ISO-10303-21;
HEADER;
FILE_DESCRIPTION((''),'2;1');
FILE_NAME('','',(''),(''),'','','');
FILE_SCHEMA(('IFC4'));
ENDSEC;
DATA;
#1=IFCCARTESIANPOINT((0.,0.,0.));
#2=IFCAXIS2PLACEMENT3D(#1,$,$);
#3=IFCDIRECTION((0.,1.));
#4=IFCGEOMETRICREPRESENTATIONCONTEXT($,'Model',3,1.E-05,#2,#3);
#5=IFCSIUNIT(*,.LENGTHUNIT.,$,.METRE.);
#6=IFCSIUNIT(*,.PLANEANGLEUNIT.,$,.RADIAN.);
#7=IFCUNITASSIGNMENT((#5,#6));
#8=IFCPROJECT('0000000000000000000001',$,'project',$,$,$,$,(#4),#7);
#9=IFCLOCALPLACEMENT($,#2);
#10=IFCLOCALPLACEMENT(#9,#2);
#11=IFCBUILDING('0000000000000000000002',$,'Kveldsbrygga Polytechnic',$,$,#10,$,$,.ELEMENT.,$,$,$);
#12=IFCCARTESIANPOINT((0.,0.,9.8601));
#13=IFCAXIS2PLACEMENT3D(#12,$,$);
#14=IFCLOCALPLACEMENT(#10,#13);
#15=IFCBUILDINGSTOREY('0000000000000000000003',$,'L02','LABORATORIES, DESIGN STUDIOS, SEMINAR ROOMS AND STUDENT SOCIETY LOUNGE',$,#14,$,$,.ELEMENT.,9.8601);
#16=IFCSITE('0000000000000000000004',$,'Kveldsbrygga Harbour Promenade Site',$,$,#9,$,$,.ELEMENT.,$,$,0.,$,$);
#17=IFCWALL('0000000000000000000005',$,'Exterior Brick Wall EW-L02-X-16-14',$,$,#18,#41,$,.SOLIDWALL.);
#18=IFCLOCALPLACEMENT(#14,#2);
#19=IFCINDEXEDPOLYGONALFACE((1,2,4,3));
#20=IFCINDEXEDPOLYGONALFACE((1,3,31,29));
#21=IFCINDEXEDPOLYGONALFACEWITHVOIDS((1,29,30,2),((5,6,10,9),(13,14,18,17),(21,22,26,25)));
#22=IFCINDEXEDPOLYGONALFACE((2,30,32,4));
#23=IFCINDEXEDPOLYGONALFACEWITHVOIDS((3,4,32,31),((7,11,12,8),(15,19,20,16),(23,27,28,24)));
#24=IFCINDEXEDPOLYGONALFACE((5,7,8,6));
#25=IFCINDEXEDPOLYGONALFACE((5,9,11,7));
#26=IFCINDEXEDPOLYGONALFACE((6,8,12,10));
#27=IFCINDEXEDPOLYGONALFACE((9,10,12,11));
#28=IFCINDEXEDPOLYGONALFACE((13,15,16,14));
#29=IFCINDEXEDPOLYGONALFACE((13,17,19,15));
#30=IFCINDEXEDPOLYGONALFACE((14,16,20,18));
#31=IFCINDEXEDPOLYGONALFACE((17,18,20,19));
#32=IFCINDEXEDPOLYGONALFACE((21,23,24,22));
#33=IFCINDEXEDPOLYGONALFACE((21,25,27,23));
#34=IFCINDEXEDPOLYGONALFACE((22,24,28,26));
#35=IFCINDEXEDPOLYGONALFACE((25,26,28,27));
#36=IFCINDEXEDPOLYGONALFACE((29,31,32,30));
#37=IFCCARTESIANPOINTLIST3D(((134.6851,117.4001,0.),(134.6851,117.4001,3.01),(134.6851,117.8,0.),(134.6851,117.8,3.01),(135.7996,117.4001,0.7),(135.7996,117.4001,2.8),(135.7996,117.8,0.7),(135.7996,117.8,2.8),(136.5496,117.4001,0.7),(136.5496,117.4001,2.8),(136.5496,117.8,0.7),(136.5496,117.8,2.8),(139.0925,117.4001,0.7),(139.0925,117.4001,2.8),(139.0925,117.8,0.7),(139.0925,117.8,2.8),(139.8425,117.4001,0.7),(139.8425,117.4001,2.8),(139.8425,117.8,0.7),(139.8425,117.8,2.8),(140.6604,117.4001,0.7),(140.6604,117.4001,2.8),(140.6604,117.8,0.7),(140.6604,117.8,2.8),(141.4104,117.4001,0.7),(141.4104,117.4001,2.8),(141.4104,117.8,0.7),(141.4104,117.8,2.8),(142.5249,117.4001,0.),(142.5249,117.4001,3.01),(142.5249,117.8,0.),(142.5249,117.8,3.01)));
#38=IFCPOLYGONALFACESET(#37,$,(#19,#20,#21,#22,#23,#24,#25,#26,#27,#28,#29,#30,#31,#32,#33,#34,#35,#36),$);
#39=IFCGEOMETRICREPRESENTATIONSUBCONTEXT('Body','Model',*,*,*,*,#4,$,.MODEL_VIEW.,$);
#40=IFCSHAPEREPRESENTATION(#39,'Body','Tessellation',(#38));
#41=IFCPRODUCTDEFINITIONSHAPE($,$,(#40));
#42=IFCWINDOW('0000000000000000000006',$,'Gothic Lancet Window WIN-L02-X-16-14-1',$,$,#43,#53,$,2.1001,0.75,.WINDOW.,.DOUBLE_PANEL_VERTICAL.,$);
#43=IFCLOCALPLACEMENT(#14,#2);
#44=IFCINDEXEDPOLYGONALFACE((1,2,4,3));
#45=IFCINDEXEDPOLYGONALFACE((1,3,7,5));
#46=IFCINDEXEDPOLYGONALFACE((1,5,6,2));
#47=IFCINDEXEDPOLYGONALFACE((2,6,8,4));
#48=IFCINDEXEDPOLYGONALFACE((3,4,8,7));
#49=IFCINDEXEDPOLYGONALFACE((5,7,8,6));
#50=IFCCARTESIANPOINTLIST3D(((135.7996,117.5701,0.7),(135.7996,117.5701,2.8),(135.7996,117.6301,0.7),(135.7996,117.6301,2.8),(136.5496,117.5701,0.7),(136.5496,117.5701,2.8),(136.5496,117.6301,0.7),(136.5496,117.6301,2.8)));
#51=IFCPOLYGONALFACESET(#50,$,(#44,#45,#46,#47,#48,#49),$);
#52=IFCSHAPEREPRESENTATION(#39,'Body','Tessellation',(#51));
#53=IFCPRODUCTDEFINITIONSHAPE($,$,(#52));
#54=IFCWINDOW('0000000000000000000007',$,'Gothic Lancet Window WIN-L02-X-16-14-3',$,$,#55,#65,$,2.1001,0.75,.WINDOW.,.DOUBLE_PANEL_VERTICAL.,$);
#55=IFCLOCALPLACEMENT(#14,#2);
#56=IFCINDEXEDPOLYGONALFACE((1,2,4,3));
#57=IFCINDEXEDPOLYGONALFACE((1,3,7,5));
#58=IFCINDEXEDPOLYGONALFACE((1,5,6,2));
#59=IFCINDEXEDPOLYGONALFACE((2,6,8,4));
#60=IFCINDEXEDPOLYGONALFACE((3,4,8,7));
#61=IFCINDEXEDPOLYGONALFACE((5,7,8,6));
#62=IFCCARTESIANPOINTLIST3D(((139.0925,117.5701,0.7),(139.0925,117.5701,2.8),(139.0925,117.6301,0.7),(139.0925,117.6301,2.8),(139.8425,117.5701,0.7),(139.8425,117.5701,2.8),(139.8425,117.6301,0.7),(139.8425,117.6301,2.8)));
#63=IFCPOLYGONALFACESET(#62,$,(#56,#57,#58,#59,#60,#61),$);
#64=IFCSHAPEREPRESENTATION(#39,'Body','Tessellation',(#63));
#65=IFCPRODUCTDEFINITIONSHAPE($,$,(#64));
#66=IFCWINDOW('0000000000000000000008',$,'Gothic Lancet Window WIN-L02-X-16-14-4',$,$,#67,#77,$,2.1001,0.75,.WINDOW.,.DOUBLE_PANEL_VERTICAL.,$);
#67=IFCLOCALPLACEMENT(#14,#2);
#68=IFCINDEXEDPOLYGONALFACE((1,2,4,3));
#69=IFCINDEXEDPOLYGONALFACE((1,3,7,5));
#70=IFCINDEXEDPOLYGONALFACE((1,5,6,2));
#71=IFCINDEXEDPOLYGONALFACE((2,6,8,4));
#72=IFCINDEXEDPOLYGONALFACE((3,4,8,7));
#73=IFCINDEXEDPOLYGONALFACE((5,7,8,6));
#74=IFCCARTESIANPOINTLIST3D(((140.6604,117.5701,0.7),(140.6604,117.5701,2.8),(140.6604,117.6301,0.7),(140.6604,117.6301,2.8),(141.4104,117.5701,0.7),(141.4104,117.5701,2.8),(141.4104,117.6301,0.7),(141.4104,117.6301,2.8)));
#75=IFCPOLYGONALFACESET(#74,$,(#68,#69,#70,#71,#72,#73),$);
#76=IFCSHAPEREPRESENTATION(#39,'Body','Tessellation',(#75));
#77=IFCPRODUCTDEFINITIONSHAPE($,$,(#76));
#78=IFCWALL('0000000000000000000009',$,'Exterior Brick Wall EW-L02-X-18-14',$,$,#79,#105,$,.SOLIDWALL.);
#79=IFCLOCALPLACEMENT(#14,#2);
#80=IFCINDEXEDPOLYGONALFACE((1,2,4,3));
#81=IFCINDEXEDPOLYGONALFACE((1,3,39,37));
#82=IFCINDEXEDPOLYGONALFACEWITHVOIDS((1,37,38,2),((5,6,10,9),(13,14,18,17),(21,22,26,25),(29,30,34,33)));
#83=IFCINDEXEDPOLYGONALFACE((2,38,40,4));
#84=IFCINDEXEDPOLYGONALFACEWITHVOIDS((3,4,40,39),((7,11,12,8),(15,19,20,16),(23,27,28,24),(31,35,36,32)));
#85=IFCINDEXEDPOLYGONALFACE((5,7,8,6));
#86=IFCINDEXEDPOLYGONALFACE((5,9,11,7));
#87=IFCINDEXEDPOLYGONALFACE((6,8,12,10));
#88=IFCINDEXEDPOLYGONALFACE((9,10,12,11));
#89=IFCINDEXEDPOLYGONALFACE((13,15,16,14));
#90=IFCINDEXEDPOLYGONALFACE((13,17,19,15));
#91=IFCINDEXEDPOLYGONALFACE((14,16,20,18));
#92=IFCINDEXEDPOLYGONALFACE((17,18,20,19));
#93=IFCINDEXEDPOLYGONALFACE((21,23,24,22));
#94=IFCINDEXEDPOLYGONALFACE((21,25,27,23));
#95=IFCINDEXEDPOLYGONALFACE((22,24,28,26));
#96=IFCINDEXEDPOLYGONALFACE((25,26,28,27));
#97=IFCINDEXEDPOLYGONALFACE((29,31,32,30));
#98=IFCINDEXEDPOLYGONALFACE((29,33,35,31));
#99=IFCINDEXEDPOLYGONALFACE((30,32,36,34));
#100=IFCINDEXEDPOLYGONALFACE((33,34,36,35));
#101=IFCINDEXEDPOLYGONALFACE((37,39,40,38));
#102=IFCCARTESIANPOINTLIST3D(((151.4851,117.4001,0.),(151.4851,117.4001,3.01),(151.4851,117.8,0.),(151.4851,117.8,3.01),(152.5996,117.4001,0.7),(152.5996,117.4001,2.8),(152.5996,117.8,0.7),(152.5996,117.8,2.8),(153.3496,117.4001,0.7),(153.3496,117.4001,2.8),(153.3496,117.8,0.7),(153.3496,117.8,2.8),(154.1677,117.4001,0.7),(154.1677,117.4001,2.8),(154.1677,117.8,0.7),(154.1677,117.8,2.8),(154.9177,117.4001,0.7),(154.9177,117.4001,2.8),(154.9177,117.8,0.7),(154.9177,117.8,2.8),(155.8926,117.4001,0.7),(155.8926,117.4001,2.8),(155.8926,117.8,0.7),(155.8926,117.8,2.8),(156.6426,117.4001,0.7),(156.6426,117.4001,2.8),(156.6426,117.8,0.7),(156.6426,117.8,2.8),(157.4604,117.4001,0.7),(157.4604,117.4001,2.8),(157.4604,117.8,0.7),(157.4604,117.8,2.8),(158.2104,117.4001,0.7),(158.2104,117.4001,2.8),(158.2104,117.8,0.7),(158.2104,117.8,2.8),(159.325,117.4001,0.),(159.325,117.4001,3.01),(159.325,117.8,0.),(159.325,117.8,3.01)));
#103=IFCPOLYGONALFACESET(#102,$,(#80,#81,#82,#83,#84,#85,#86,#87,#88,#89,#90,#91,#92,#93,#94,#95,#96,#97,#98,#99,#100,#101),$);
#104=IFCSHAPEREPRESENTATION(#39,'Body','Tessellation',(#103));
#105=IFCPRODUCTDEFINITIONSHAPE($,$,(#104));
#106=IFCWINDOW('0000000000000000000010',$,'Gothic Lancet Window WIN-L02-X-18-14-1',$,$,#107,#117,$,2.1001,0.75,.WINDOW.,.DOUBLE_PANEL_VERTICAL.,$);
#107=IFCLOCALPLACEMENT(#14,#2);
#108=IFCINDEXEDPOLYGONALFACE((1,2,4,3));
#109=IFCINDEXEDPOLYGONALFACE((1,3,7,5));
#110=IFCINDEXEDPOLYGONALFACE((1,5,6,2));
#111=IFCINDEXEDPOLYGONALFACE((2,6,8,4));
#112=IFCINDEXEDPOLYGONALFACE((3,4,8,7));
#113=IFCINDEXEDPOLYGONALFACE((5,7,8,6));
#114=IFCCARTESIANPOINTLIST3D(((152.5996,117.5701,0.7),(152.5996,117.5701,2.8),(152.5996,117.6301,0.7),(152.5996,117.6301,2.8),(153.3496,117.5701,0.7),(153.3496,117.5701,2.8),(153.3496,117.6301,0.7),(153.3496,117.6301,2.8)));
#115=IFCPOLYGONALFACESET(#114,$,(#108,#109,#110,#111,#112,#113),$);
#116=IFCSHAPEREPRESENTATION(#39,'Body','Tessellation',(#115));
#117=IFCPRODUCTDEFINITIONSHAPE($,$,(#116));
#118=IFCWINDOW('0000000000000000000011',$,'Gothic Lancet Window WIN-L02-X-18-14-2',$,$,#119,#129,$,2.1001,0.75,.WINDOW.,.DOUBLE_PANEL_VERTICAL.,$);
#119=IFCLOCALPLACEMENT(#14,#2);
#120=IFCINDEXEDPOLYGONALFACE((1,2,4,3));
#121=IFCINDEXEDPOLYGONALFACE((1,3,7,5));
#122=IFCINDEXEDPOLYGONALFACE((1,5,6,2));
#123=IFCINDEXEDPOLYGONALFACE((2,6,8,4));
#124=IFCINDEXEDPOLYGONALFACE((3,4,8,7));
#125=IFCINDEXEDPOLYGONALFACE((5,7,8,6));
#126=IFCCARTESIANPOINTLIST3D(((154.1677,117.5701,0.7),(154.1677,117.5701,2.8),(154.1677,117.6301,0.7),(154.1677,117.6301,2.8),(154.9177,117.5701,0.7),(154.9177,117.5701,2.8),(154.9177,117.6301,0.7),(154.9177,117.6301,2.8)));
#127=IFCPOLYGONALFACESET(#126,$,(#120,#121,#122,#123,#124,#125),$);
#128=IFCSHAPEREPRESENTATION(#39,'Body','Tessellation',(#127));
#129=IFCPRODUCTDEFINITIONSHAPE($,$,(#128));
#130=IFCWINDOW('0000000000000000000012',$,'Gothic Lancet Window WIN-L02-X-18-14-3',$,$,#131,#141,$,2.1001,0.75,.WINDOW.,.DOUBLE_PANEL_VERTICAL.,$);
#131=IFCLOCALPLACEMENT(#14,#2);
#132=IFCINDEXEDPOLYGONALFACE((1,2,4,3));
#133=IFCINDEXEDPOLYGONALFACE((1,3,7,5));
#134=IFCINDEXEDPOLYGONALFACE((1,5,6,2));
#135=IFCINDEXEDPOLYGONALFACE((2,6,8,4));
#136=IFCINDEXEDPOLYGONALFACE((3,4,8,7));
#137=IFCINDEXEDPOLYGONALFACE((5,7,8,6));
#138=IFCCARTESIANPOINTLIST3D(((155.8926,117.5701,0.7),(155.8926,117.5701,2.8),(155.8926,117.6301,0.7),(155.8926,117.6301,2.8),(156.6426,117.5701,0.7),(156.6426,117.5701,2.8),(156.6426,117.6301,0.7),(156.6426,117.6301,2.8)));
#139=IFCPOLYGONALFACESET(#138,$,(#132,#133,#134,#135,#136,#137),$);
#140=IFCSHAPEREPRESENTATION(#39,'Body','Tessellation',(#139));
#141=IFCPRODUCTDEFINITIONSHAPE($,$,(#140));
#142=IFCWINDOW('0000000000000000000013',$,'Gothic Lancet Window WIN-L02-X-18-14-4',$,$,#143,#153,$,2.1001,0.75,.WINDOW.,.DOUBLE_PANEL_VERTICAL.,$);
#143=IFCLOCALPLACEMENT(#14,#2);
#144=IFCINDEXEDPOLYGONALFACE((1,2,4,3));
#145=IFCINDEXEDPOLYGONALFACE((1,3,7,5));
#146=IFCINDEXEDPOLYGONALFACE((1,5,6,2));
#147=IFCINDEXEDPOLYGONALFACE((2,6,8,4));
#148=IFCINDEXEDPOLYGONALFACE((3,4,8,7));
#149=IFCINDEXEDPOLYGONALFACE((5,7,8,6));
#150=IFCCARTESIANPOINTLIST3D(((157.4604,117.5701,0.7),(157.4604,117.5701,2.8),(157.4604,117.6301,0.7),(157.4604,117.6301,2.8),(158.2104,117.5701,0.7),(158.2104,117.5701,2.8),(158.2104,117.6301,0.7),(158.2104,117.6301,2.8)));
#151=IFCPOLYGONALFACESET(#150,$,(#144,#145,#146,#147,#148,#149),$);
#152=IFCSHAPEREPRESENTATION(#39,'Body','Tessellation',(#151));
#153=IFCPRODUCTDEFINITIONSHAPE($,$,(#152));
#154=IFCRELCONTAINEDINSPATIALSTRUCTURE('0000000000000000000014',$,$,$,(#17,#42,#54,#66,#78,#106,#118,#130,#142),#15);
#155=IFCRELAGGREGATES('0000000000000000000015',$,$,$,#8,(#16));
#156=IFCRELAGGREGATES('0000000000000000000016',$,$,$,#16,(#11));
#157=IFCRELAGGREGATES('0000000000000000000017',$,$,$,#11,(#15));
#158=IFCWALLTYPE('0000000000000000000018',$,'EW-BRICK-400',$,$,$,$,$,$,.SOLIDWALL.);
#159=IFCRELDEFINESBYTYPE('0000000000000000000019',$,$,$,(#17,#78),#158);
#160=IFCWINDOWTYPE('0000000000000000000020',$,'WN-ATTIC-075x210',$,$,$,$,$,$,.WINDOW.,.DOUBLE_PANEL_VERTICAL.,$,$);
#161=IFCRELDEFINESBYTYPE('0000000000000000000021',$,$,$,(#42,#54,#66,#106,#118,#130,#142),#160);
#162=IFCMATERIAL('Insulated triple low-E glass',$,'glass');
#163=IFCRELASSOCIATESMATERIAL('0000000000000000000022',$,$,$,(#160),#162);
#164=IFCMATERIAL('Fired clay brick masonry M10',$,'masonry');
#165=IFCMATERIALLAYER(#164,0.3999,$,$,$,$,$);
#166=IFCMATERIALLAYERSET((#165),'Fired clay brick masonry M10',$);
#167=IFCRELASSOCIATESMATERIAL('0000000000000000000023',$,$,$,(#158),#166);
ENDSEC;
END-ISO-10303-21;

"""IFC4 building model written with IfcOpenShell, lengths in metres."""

from ifc_helpers import new_model, si_unit, direction, frame, frame_2d, origin, place, context, subcontext, project, spatial, rectangle, extrude, material, layer, layer_set, type_object, element, fill, save


model = new_model("IFC4")

# Units and contexts
model_context = context("Model", 3, precision=1e-05, world=origin(), true_north=direction((0.0, 1.0)))
body_context = subcontext(model_context, "Body", "Model", "MODEL_VIEW")
ifc_project = project(units=[si_unit("LENGTHUNIT", "METRE"), si_unit("PLANEANGLEUNIT", "RADIAN")], contexts=[model_context])

# Site, building, storey
site_placement = place(None, origin())
site = spatial("IfcSite", under=ifc_project, at=site_placement, Name="Kveldsbrygga Harbour Promenade Site", CompositionType="ELEMENT", RefElevation=0.0)
building_placement = place(site_placement, origin())
building = spatial("IfcBuilding", under=site, at=building_placement, Name="Kveldsbrygga Polytechnic", CompositionType="ELEMENT")
storey_placement = place(building_placement, frame((0.0, 0.0, 9.8601)))
storey = spatial("IfcBuildingStorey", under=building, at=storey_placement, Name="L02", Description="LABORATORIES, DESIGN STUDIOS, SEMINAR ROOMS AND STUDENT SOCIETY LOUNGE", CompositionType="ELEMENT", Elevation=9.8601)

# Walls, openings, windows
ifc_material_1 = material(Name="Fired clay brick masonry M10", Category="masonry")
ifc_material_2 = material(Name="Insulated triple low-E glass", Category="glass")
window_type = type_object("IfcWindowType", Name="WN-ATTIC-075x210", PartitioningType="DOUBLE_PANEL_VERTICAL", PredefinedType="WINDOW", material=ifc_material_2)
ifc_layer_1 = layer(ifc_material_1, 0.3999)
ifc_layer_set_1 = layer_set([ifc_layer_1], Name="Fired clay brick masonry M10")
wall_type_1 = type_object("IfcWallType", Name="EW-BRICK-400", PredefinedType="SOLIDWALL", material=ifc_layer_set_1)
wall_1_placement = place(storey_placement, frame((134.6851, 117.6001, 0.0), z_axis=(0.0, 0.0, 1.0), x_axis=(1.0, 0.0, 0.0)))
wall_1 = element("IfcWall", 1, at=wall_1_placement, inside=storey, type_object=wall_type_1, Name="Exterior Brick Wall EW-L02-X-16-14", PredefinedType="SOLIDWALL", context=body_context, shape_type="SweptSolid", body=[
    extrude(rectangle(XDim=7.8398, YDim=0.3999, at=frame_2d((3.9199, 0.0))), origin(), (0.0, 0.0, 1.0), 3.01),
])
opening_1_placement = place(wall_1_placement, frame((1.1145, 0.0, 0.7)))
opening_1 = element("IfcOpeningElement", 2, at=opening_1_placement, cuts=wall_1, PredefinedType="OPENING", context=body_context, shape_type="SweptSolid", body=[
    extrude(rectangle(XDim=0.75, YDim=2.1001, at=frame_2d((0.375, 1.05))), frame((0.0, 0.21, 0.0), z_axis=(0.0, -1.0, 0.0), x_axis=(1.0, 0.0, 0.0)), (0.0, 0.0, 1.0), 0.4199),
])
opening_2_placement = place(wall_1_placement, frame((4.4075, 0.0, 0.7)))
opening_2 = element("IfcOpeningElement", 3, at=opening_2_placement, cuts=wall_1, PredefinedType="OPENING", context=body_context, shape_type="SweptSolid", body=[
    extrude(rectangle(XDim=0.75, YDim=2.1001, at=frame_2d((0.375, 1.05))), frame((0.0, 0.21, 0.0), z_axis=(0.0, -1.0, 0.0), x_axis=(1.0, 0.0, 0.0)), (0.0, 0.0, 1.0), 0.4199),
])
opening_3_placement = place(wall_1_placement, frame((5.9753, 0.0, 0.7)))
opening_3 = element("IfcOpeningElement", 4, at=opening_3_placement, cuts=wall_1, PredefinedType="OPENING", context=body_context, shape_type="SweptSolid", body=[
    extrude(rectangle(XDim=0.75, YDim=2.1001, at=frame_2d((0.375, 1.05))), frame((0.0, 0.21, 0.0), z_axis=(0.0, -1.0, 0.0), x_axis=(1.0, 0.0, 0.0)), (0.0, 0.0, 1.0), 0.4199),
])
window_1_placement = place(opening_1_placement, origin())
window_1 = element("IfcWindow", 5, at=window_1_placement, inside=storey, type_object=window_type, Name="Gothic Lancet Window WIN-L02-X-16-14-1", OverallHeight=2.1001, OverallWidth=0.75, PartitioningType="DOUBLE_PANEL_VERTICAL", PredefinedType="WINDOW", context=body_context, shape_type="SweptSolid", body=[
    extrude(rectangle(XDim=0.75, YDim=2.1001, at=frame_2d((0.375, 1.05))), frame((0.0, 0.03, 0.0), z_axis=(0.0, -1.0, 0.0), x_axis=(1.0, 0.0, 0.0)), (0.0, 0.0, 1.0), 0.0601),
])
fill(opening_1, window_1)
window_2_placement = place(opening_2_placement, origin())
window_2 = element("IfcWindow", 6, at=window_2_placement, inside=storey, type_object=window_type, Name="Gothic Lancet Window WIN-L02-X-16-14-3", OverallHeight=2.1001, OverallWidth=0.75, PartitioningType="DOUBLE_PANEL_VERTICAL", PredefinedType="WINDOW", context=body_context, shape_type="SweptSolid", body=[
    extrude(rectangle(XDim=0.75, YDim=2.1001, at=frame_2d((0.375, 1.05))), frame((0.0, 0.03, 0.0), z_axis=(0.0, -1.0, 0.0), x_axis=(1.0, 0.0, 0.0)), (0.0, 0.0, 1.0), 0.0601),
])
fill(opening_2, window_2)
window_3_placement = place(opening_3_placement, origin())
window_3 = element("IfcWindow", 7, at=window_3_placement, inside=storey, type_object=window_type, Name="Gothic Lancet Window WIN-L02-X-16-14-4", OverallHeight=2.1001, OverallWidth=0.75, PartitioningType="DOUBLE_PANEL_VERTICAL", PredefinedType="WINDOW", context=body_context, shape_type="SweptSolid", body=[
    extrude(rectangle(XDim=0.75, YDim=2.1001, at=frame_2d((0.375, 1.05))), frame((0.0, 0.03, 0.0), z_axis=(0.0, -1.0, 0.0), x_axis=(1.0, 0.0, 0.0)), (0.0, 0.0, 1.0), 0.0601),
])
fill(opening_3, window_3)
wall_2_placement = place(storey_placement, frame((151.4851, 117.6001, 0.0), z_axis=(0.0, 0.0, 1.0), x_axis=(1.0, 0.0, 0.0)))
wall_2 = element("IfcWall", 8, at=wall_2_placement, inside=storey, type_object=wall_type_1, Name="Exterior Brick Wall EW-L02-X-18-14", PredefinedType="SOLIDWALL", context=body_context, shape_type="SweptSolid", body=[
    extrude(rectangle(XDim=7.8398, YDim=0.3999, at=frame_2d((3.9199, 0.0))), origin(), (0.0, 0.0, 1.0), 3.01),
])
opening_4_placement = place(wall_2_placement, frame((1.1145, 0.0, 0.7)))
opening_4 = element("IfcOpeningElement", 9, at=opening_4_placement, cuts=wall_2, PredefinedType="OPENING", context=body_context, shape_type="SweptSolid", body=[
    extrude(rectangle(XDim=0.75, YDim=2.1001, at=frame_2d((0.375, 1.05))), frame((0.0, 0.21, 0.0), z_axis=(0.0, -1.0, 0.0), x_axis=(1.0, 0.0, 0.0)), (0.0, 0.0, 1.0), 0.4199),
])
opening_5_placement = place(wall_2_placement, frame((2.6826, 0.0, 0.7)))
opening_5 = element("IfcOpeningElement", 10, at=opening_5_placement, cuts=wall_2, PredefinedType="OPENING", context=body_context, shape_type="SweptSolid", body=[
    extrude(rectangle(XDim=0.75, YDim=2.1001, at=frame_2d((0.375, 1.05))), frame((0.0, 0.21, 0.0), z_axis=(0.0, -1.0, 0.0), x_axis=(1.0, 0.0, 0.0)), (0.0, 0.0, 1.0), 0.4199),
])
opening_6_placement = place(wall_2_placement, frame((4.4075, 0.0, 0.7)))
opening_6 = element("IfcOpeningElement", 11, at=opening_6_placement, cuts=wall_2, PredefinedType="OPENING", context=body_context, shape_type="SweptSolid", body=[
    extrude(rectangle(XDim=0.75, YDim=2.1001, at=frame_2d((0.375, 1.05))), frame((0.0, 0.21, 0.0), z_axis=(0.0, -1.0, 0.0), x_axis=(1.0, 0.0, 0.0)), (0.0, 0.0, 1.0), 0.4199),
])
opening_7_placement = place(wall_2_placement, frame((5.9753, 0.0, 0.7)))
opening_7 = element("IfcOpeningElement", 12, at=opening_7_placement, cuts=wall_2, PredefinedType="OPENING", context=body_context, shape_type="SweptSolid", body=[
    extrude(rectangle(XDim=0.75, YDim=2.1001, at=frame_2d((0.375, 1.05))), frame((0.0, 0.21, 0.0), z_axis=(0.0, -1.0, 0.0), x_axis=(1.0, 0.0, 0.0)), (0.0, 0.0, 1.0), 0.4199),
])
window_4_placement = place(opening_4_placement, origin())
window_4 = element("IfcWindow", 13, at=window_4_placement, inside=storey, type_object=window_type, Name="Gothic Lancet Window WIN-L02-X-18-14-1", OverallHeight=2.1001, OverallWidth=0.75, PartitioningType="DOUBLE_PANEL_VERTICAL", PredefinedType="WINDOW", context=body_context, shape_type="SweptSolid", body=[
    extrude(rectangle(XDim=0.75, YDim=2.1001, at=frame_2d((0.375, 1.05))), frame((0.0, 0.03, 0.0), z_axis=(0.0, -1.0, 0.0), x_axis=(1.0, 0.0, 0.0)), (0.0, 0.0, 1.0), 0.0601),
])
fill(opening_4, window_4)
window_5_placement = place(opening_5_placement, origin())
window_5 = element("IfcWindow", 14, at=window_5_placement, inside=storey, type_object=window_type, Name="Gothic Lancet Window WIN-L02-X-18-14-2", OverallHeight=2.1001, OverallWidth=0.75, PartitioningType="DOUBLE_PANEL_VERTICAL", PredefinedType="WINDOW", context=body_context, shape_type="SweptSolid", body=[
    extrude(rectangle(XDim=0.75, YDim=2.1001, at=frame_2d((0.375, 1.05))), frame((0.0, 0.03, 0.0), z_axis=(0.0, -1.0, 0.0), x_axis=(1.0, 0.0, 0.0)), (0.0, 0.0, 1.0), 0.0601),
])
fill(opening_5, window_5)
window_6_placement = place(opening_6_placement, origin())
window_6 = element("IfcWindow", 15, at=window_6_placement, inside=storey, type_object=window_type, Name="Gothic Lancet Window WIN-L02-X-18-14-3", OverallHeight=2.1001, OverallWidth=0.75, PartitioningType="DOUBLE_PANEL_VERTICAL", PredefinedType="WINDOW", context=body_context, shape_type="SweptSolid", body=[
    extrude(rectangle(XDim=0.75, YDim=2.1001, at=frame_2d((0.375, 1.05))), frame((0.0, 0.03, 0.0), z_axis=(0.0, -1.0, 0.0), x_axis=(1.0, 0.0, 0.0)), (0.0, 0.0, 1.0), 0.0601),
])
fill(opening_6, window_6)
window_7_placement = place(opening_7_placement, origin())
window_7 = element("IfcWindow", 16, at=window_7_placement, inside=storey, type_object=window_type, Name="Gothic Lancet Window WIN-L02-X-18-14-4", OverallHeight=2.1001, OverallWidth=0.75, PartitioningType="DOUBLE_PANEL_VERTICAL", PredefinedType="WINDOW", context=body_context, shape_type="SweptSolid", body=[
    extrude(rectangle(XDim=0.75, YDim=2.1001, at=frame_2d((0.375, 1.05))), frame((0.0, 0.03, 0.0), z_axis=(0.0, -1.0, 0.0), x_axis=(1.0, 0.0, 0.0)), (0.0, 0.0, 1.0), 0.0601),
])
fill(opening_7, window_7)

save(model, "model.ifc")
